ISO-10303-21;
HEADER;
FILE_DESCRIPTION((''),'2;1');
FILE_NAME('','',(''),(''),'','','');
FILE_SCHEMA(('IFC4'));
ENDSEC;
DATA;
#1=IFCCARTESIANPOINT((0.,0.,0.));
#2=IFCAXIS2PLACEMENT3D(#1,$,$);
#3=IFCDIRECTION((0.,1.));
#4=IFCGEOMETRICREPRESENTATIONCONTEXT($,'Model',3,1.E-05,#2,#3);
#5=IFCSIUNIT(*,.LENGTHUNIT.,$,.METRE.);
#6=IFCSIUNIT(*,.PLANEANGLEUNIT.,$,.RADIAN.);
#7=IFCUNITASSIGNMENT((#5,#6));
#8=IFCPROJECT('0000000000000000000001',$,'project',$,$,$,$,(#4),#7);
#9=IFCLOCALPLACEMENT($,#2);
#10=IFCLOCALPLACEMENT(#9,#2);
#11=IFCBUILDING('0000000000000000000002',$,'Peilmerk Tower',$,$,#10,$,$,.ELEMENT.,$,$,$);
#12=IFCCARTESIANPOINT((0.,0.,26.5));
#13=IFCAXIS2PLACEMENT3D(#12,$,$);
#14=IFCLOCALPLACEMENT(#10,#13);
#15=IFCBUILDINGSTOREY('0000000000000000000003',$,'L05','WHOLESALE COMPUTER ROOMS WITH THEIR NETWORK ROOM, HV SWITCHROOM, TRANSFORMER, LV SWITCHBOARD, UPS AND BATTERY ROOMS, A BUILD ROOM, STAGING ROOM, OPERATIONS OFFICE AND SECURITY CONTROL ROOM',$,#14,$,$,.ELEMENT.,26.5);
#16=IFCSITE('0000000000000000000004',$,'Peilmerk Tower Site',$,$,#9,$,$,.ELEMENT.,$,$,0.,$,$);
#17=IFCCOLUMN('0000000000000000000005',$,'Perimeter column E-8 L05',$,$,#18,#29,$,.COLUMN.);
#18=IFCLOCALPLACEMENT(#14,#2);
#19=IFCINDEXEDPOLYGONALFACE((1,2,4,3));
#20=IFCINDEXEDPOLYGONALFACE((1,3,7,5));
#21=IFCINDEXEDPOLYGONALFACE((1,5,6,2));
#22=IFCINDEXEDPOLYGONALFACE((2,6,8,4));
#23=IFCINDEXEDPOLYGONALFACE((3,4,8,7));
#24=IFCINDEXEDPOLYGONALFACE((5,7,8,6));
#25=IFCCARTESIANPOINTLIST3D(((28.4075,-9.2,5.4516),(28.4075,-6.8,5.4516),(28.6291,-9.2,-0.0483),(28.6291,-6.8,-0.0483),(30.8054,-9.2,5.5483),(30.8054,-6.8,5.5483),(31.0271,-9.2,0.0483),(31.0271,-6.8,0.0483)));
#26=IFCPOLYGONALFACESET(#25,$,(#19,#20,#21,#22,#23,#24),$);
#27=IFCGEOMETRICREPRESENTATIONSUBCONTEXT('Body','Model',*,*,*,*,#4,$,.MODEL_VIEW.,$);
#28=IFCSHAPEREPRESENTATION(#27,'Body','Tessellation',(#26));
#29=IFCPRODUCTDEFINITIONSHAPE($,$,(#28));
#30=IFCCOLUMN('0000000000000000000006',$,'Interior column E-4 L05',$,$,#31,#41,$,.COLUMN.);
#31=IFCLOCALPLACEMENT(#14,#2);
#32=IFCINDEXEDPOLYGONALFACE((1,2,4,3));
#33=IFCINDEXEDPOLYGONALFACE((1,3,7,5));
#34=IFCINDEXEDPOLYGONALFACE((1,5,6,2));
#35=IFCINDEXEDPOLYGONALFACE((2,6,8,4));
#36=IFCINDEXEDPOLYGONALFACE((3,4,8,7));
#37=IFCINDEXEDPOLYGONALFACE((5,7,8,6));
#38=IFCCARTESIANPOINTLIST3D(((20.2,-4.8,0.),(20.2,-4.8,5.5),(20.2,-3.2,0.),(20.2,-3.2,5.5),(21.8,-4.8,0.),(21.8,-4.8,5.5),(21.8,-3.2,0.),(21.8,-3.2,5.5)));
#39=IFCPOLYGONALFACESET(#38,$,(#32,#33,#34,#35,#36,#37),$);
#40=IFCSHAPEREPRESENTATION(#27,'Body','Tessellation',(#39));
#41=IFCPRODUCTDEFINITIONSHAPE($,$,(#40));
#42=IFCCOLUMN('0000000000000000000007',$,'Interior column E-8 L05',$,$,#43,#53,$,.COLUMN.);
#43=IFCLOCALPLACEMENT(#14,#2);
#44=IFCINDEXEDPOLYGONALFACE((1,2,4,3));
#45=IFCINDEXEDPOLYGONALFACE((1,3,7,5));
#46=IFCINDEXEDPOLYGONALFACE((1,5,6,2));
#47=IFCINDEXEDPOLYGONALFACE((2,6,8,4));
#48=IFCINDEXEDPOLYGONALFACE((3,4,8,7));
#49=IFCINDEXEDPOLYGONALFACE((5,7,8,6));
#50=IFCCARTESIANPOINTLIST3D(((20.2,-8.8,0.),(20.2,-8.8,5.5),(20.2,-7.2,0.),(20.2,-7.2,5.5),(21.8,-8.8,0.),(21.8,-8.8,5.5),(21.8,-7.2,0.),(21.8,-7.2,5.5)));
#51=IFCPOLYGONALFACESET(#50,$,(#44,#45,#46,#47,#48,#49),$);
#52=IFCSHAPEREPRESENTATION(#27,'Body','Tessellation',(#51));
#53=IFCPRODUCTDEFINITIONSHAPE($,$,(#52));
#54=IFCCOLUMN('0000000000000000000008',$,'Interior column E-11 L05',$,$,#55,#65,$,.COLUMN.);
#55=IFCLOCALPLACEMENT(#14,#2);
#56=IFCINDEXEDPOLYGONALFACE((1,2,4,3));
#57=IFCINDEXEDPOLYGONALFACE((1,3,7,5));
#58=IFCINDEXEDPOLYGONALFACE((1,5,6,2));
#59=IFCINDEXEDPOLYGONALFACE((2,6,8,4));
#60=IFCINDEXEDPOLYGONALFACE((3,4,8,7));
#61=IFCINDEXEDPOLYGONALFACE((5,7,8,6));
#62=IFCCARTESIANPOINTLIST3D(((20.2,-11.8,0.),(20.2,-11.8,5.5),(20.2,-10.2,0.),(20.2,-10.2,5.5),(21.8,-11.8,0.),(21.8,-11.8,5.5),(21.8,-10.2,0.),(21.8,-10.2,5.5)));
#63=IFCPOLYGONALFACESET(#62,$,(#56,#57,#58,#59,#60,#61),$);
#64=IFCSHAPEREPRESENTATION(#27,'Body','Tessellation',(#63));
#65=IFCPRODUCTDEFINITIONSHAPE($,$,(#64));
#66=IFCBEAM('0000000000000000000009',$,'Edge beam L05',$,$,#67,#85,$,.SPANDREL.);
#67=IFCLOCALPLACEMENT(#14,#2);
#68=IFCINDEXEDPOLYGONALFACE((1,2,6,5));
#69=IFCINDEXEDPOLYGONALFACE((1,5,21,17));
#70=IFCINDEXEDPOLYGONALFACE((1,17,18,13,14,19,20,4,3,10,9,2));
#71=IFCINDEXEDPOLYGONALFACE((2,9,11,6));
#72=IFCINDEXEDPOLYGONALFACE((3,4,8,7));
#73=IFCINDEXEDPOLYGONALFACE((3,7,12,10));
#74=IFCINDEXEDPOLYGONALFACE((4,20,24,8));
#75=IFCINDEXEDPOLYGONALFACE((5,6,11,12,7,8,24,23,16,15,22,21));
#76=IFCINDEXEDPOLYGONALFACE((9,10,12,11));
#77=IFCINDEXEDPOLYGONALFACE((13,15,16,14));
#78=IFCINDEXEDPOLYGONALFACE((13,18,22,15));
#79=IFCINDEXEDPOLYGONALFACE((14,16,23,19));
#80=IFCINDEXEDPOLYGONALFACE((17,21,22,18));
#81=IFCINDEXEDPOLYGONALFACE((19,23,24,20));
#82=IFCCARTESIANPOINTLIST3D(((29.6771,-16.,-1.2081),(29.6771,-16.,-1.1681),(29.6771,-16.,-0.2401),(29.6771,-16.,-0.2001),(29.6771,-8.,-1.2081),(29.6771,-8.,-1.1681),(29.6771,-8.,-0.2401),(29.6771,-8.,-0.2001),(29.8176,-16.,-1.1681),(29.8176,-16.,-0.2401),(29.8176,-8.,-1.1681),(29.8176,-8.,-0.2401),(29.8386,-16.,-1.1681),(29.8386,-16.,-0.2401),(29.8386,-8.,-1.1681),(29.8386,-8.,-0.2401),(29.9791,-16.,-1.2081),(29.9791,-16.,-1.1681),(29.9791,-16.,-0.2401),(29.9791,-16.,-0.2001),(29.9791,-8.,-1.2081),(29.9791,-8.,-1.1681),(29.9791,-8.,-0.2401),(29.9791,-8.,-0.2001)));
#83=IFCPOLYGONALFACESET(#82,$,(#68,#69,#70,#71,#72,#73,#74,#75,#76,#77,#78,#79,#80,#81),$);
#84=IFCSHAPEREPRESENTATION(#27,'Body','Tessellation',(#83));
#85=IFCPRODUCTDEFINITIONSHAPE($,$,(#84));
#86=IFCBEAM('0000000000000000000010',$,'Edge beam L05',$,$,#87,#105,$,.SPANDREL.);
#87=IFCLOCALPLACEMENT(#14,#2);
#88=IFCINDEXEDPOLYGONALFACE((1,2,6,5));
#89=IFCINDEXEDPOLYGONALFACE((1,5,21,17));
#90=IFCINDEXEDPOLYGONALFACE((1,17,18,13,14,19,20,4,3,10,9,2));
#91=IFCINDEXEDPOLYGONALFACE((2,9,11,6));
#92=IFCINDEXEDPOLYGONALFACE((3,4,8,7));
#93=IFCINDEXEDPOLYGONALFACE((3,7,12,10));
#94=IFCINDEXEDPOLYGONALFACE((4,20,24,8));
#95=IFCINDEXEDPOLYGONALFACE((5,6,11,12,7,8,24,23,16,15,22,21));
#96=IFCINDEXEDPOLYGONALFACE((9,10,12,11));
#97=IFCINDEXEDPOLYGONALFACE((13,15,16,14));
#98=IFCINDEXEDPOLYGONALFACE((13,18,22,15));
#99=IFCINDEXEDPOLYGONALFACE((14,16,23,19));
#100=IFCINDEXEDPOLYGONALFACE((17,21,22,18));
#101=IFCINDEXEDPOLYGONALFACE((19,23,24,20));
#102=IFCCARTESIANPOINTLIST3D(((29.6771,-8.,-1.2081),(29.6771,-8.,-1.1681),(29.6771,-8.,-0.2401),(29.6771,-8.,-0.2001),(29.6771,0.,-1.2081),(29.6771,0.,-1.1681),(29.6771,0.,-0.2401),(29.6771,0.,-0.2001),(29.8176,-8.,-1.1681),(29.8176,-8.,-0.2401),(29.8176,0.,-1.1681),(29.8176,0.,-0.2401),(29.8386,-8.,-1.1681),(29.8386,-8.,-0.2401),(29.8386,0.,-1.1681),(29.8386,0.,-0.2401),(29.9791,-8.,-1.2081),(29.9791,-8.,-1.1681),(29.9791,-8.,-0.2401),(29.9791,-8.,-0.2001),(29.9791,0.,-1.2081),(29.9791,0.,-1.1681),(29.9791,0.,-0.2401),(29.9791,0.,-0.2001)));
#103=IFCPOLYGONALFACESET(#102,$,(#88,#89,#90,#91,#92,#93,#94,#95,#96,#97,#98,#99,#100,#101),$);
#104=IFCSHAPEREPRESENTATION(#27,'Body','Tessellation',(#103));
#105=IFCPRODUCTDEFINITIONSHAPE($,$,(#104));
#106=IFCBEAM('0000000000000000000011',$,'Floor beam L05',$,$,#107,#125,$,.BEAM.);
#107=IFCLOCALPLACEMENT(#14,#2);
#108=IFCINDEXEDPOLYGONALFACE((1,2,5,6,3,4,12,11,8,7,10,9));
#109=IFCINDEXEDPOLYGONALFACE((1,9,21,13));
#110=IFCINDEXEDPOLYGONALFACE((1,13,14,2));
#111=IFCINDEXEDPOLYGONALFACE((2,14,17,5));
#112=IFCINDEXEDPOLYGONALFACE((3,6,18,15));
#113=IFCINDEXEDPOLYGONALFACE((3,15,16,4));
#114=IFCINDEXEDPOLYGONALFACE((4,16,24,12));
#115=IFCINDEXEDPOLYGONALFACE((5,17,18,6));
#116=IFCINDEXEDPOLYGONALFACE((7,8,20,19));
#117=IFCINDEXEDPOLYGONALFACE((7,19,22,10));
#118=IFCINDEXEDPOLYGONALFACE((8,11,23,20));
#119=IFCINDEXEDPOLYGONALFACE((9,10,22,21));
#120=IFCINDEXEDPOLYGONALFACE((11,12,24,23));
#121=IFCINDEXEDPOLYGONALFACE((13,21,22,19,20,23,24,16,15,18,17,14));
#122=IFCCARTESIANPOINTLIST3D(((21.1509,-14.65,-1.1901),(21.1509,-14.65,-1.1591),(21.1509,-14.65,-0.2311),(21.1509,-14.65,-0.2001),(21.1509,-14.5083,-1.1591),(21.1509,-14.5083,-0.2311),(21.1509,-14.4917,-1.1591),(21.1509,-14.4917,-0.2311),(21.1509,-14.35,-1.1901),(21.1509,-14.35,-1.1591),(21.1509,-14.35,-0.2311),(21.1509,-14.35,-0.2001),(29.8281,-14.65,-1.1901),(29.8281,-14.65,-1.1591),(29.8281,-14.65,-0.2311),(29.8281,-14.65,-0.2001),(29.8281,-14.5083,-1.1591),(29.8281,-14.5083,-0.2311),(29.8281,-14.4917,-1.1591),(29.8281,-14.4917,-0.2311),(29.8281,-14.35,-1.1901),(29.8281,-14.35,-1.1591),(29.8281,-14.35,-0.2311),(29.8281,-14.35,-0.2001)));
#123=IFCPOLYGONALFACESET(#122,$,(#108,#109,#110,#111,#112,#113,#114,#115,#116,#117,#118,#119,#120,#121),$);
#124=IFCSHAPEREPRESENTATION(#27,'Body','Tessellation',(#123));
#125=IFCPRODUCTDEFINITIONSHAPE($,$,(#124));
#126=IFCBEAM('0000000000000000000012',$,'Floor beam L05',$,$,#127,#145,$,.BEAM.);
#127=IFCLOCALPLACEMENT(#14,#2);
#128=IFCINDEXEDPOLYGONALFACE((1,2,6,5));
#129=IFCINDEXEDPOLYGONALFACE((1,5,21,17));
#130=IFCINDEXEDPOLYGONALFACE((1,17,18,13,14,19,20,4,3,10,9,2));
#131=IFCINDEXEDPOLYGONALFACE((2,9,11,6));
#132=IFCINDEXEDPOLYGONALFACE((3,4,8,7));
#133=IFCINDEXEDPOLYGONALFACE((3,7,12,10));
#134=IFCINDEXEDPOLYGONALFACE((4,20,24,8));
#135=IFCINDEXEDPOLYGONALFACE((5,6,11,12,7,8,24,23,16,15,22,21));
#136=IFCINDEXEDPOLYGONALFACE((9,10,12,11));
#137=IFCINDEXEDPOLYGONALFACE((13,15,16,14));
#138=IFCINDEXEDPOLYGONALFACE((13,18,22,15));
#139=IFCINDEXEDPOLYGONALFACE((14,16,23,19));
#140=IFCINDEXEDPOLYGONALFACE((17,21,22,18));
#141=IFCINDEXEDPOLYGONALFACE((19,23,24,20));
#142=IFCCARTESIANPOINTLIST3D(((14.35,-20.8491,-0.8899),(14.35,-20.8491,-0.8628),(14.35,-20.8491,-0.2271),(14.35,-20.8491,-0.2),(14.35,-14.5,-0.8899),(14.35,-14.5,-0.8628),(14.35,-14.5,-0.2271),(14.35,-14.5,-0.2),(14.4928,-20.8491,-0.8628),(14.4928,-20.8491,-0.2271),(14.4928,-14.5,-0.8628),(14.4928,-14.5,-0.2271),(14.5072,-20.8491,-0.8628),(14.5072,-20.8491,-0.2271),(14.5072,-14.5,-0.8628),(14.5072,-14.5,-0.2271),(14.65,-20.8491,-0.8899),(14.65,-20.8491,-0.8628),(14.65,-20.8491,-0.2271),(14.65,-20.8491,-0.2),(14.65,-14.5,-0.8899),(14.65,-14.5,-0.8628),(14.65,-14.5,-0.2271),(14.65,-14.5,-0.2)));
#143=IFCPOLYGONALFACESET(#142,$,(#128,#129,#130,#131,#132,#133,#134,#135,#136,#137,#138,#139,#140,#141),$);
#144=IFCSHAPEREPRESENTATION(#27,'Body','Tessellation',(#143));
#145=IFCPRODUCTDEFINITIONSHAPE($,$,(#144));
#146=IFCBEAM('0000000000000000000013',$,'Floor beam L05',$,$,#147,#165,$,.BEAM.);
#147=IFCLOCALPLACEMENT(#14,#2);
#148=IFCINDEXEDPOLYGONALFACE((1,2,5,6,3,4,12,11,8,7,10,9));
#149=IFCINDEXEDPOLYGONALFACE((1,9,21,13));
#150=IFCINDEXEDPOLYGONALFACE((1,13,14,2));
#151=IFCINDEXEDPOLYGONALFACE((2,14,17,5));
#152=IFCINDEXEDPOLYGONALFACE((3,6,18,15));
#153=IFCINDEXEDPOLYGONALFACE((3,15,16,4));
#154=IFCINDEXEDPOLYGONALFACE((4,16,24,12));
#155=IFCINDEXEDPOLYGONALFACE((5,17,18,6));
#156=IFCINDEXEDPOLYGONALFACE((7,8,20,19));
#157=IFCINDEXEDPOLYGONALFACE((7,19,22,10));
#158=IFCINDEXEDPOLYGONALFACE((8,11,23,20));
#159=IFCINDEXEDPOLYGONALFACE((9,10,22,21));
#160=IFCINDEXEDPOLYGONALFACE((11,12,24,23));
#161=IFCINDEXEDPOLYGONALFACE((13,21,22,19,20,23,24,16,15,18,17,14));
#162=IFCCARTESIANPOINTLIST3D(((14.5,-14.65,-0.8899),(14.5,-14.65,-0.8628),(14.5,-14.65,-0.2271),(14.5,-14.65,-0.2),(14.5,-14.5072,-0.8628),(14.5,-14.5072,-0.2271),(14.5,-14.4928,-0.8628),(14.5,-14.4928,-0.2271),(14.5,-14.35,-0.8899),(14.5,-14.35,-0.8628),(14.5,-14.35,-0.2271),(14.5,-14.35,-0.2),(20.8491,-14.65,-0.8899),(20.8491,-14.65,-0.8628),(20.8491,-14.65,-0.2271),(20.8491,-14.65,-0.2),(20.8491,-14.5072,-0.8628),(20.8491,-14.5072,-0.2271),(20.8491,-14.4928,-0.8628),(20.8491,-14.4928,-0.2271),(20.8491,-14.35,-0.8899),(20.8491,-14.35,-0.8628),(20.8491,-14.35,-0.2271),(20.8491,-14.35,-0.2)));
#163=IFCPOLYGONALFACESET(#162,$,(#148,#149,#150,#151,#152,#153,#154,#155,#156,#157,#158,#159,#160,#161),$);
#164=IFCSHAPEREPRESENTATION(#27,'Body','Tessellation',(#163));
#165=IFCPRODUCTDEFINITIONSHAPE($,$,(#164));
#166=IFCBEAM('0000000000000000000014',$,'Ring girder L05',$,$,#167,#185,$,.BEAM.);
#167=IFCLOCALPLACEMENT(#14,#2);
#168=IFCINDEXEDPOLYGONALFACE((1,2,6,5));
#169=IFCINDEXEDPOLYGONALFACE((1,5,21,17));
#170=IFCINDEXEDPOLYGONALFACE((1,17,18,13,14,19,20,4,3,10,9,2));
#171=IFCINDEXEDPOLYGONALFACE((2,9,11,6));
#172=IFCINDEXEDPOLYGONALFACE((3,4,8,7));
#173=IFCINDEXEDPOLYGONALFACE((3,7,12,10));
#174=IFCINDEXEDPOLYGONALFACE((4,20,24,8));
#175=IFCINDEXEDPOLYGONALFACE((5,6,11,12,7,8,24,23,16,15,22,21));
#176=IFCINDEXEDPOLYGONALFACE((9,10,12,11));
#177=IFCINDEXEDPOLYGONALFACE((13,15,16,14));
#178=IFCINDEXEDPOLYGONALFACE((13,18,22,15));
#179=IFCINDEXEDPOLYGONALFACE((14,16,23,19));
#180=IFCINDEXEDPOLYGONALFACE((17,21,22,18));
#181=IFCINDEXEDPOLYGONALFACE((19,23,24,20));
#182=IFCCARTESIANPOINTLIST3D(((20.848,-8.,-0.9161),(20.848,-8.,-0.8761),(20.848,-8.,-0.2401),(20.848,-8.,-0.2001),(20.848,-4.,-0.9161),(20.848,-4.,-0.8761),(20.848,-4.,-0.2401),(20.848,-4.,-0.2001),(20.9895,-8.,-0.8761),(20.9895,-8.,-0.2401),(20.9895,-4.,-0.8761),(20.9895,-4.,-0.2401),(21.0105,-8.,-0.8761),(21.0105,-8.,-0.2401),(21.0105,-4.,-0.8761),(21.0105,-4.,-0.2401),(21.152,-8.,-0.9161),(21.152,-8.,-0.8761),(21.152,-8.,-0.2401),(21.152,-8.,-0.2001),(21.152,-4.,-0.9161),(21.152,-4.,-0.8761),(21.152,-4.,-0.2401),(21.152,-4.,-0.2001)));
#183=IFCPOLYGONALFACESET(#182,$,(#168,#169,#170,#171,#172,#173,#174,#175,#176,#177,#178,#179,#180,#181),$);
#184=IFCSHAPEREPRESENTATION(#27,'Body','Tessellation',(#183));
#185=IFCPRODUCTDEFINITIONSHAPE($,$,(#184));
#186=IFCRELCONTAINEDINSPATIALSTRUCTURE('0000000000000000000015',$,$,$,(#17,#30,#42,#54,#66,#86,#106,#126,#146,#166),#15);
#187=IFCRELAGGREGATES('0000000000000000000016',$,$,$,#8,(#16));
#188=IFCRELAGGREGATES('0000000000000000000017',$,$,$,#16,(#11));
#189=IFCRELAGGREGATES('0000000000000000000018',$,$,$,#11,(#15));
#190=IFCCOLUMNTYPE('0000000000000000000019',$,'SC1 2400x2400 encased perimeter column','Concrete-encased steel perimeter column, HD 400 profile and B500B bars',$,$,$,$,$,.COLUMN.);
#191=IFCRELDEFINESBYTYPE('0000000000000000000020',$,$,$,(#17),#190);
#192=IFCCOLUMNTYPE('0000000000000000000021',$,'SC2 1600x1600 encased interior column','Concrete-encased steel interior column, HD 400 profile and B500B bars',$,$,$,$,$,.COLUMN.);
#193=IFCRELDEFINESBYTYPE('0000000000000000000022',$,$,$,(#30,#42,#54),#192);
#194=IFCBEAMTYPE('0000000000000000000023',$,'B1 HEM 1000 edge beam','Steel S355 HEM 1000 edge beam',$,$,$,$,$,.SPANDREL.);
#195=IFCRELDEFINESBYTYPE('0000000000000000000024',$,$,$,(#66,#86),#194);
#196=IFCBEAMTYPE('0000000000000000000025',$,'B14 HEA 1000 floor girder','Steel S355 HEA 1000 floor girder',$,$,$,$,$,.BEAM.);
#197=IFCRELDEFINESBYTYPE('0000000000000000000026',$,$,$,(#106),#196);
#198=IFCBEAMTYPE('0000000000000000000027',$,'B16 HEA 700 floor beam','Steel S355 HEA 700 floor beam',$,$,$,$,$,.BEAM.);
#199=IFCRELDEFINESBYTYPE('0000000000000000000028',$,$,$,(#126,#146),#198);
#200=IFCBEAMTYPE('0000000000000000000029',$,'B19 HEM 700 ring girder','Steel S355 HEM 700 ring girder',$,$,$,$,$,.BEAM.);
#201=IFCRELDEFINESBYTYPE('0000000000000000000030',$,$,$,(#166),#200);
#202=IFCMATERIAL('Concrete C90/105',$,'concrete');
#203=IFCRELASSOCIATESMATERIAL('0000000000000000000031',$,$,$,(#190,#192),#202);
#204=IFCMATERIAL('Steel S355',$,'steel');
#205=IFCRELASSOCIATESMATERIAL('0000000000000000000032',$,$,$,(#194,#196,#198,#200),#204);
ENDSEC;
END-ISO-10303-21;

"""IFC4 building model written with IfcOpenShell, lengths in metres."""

from ifc_helpers import new_model, si_unit, direction, frame, origin, origin_2d, place, context, subcontext, project, spatial, rectangle, i_section, extrude, material, material_profile, profile_set, type_object, element, save


model = new_model("IFC4")

# Units and contexts
model_context = context("Model", 3, precision=1e-05, world=origin(), true_north=direction((0.0, 1.0)))
body_context = subcontext(model_context, "Body", "Model", "MODEL_VIEW")
ifc_project = project(units=[si_unit("LENGTHUNIT", "METRE"), si_unit("PLANEANGLEUNIT", "RADIAN")], contexts=[model_context])

# Site, building, storey
site_placement = place(None, origin())
site = spatial("IfcSite", under=ifc_project, at=site_placement, Name="Peilmerk Tower Site", CompositionType="ELEMENT", RefElevation=0.0)
building_placement = place(site_placement, origin())
building = spatial("IfcBuilding", under=site, at=building_placement, Name="Peilmerk Tower", CompositionType="ELEMENT")
storey_placement = place(building_placement, frame((0.0, 0.0, 26.5)))
storey = spatial("IfcBuildingStorey", under=building, at=storey_placement, Name="L05", Description="WHOLESALE COMPUTER ROOMS WITH THEIR NETWORK ROOM, HV SWITCHROOM, TRANSFORMER, LV SWITCHBOARD, UPS AND BATTERY ROOMS, A BUILD ROOM, STAGING ROOM, OPERATIONS OFFICE AND SECURITY CONTROL ROOM", CompositionType="ELEMENT", Elevation=26.5)

# Columns
ifc_material_1 = material(Name="Concrete C90/105", Category="concrete")
ifc_material_profile_1 = material_profile(ifc_material_1, rectangle(XDim=2.3999, YDim=2.3999, at=origin_2d()), Name="RC 2400x2400")
ifc_profile_set_1 = profile_set([ifc_material_profile_1], Name="Concrete C90/105")
column_type_1 = type_object("IfcColumnType", Name="SC1 2400x2400 encased perimeter column", Description="Concrete-encased steel perimeter column, HD 400 profile and B500B bars", PredefinedType="COLUMN", material=ifc_profile_set_1)
column_placement = place(storey_placement, frame((29.8281, -8.0, 0.0), z_axis=(-0.040273, 0.0, 0.999189), x_axis=(0.0, -1.0, 0.0)))
element("IfcColumn", 1, at=column_placement, inside=storey, type_object=column_type_1, Name="Perimeter column E-8 L05", PredefinedType="COLUMN", context=body_context, shape_type="SweptSolid", body=[
    extrude(rectangle(XDim=2.3999, YDim=2.3999, at=origin_2d()), origin(), (0.0, 0.0, 1.0), 5.5044),
])
ifc_material_profile_2 = material_profile(ifc_material_1, rectangle(XDim=1.6001, YDim=1.6001, at=origin_2d()), Name="RC 1600x1600")
ifc_profile_set_2 = profile_set([ifc_material_profile_2], Name="Concrete C90/105")
column_type_2 = type_object("IfcColumnType", Name="SC2 1600x1600 encased interior column", Description="Concrete-encased steel interior column, HD 400 profile and B500B bars", PredefinedType="COLUMN", material=ifc_profile_set_2)
for number, where, z_axis, x_axis, name in (
    (2, (21.0, -4.0, 0.0), (0.0, 0.0, 1.0), (1.0, 0.0, 0.0), "Interior column E-4 L05"),
    (3, (21.0, -8.0, 0.0), (0.0, 0.0, 1.0), (1.0, 0.0, 0.0), "Interior column E-8 L05"),
    (4, (21.0, -11.0, 0.0), (0.0, 0.0, 1.0), (1.0, 0.0, 0.0), "Interior column E-11 L05"),
):
    element("IfcColumn", number, at=place(storey_placement, frame(where, z_axis=z_axis, x_axis=x_axis)), inside=storey, type_object=column_type_2, Name=name, PredefinedType="COLUMN", context=body_context, shape_type="SweptSolid", body=[
        extrude(rectangle(XDim=1.6001, YDim=1.6001, at=origin_2d()), origin(), (0.0, 0.0, 1.0), 5.5),
    ])

# Beams
ifc_material_2 = material(Name="Steel S355", Category="steel")
ifc_material_profile_3 = material_profile(ifc_material_2, i_section(OverallWidth=0.302, OverallDepth=1.0081, WebThickness=0.021, FlangeThickness=0.04, at=origin_2d()), Name="HEM 1000")
ifc_profile_set_3 = profile_set([ifc_material_profile_3], Name="Steel S355")
beam_type_1 = type_object("IfcBeamType", Name="B1 HEM 1000 edge beam", Description="Steel S355 HEM 1000 edge beam", PredefinedType="SPANDREL", material=ifc_profile_set_3)
for number, where, z_axis, x_axis, name in (
    (5, (29.8281, -16.0, -0.7041), (0.0, 1.0, 0.0), (-1.0, 0.0, 0.0), "Edge beam L05"),
    (6, (29.8281, -8.0, -0.7041), (0.0, 1.0, 0.0), (-1.0, 0.0, 0.0), "Edge beam L05"),
):
    element("IfcBeam", number, at=place(storey_placement, frame(where, z_axis=z_axis, x_axis=x_axis)), inside=storey, type_object=beam_type_1, Name=name, PredefinedType="SPANDREL", context=body_context, shape_type="SweptSolid", body=[
        extrude(i_section(OverallWidth=0.302, OverallDepth=1.0081, WebThickness=0.021, FlangeThickness=0.04, at=origin_2d()), origin(), (0.0, 0.0, 1.0), 8.0),
    ])
ifc_material_profile_4 = material_profile(ifc_material_2, i_section(OverallWidth=0.3, OverallDepth=0.99, WebThickness=0.0166, FlangeThickness=0.031, at=origin_2d()), Name="HEA 1000")
ifc_profile_set_4 = profile_set([ifc_material_profile_4], Name="Steel S355")
beam_type_2 = type_object("IfcBeamType", Name="B14 HEA 1000 floor girder", Description="Steel S355 HEA 1000 floor girder", PredefinedType="BEAM", material=ifc_profile_set_4)
beam_1_placement = place(storey_placement, frame((21.1509, -14.5, -0.6951), z_axis=(1.0, 0.0, 0.0), x_axis=(0.0, 1.0, 0.0)))
element("IfcBeam", 7, at=beam_1_placement, inside=storey, type_object=beam_type_2, Name="Floor beam L05", PredefinedType="BEAM", context=body_context, shape_type="SweptSolid", body=[
    extrude(i_section(OverallWidth=0.3, OverallDepth=0.99, WebThickness=0.0166, FlangeThickness=0.031, at=origin_2d()), origin(), (0.0, 0.0, 1.0), 8.6772),
])
ifc_material_profile_5 = material_profile(ifc_material_2, i_section(OverallWidth=0.3, OverallDepth=0.6899, WebThickness=0.0144, FlangeThickness=0.0271, at=origin_2d()), Name="HEA 700")
ifc_profile_set_5 = profile_set([ifc_material_profile_5], Name="Steel S355")
beam_type_3 = type_object("IfcBeamType", Name="B16 HEA 700 floor beam", Description="Steel S355 HEA 700 floor beam", PredefinedType="BEAM", material=ifc_profile_set_5)
for number, where, z_axis, x_axis, name in (
    (8, (14.5, -14.5, -0.5449), (0.0, -1.0, 0.0), (1.0, 0.0, 0.0), "Floor beam L05"),
    (9, (14.5, -14.5, -0.5449), (1.0, 0.0, 0.0), (0.0, 1.0, 0.0), "Floor beam L05"),
):
    element("IfcBeam", number, at=place(storey_placement, frame(where, z_axis=z_axis, x_axis=x_axis)), inside=storey, type_object=beam_type_3, Name=name, PredefinedType="BEAM", context=body_context, shape_type="SweptSolid", body=[
        extrude(i_section(OverallWidth=0.3, OverallDepth=0.6899, WebThickness=0.0144, FlangeThickness=0.0271, at=origin_2d()), origin(), (0.0, 0.0, 1.0), 6.3491),
    ])
ifc_material_profile_6 = material_profile(ifc_material_2, i_section(OverallWidth=0.304, OverallDepth=0.7161, WebThickness=0.021, FlangeThickness=0.04, at=origin_2d()), Name="HEM 700")
ifc_profile_set_6 = profile_set([ifc_material_profile_6], Name="Steel S355")
beam_type_4 = type_object("IfcBeamType", Name="B19 HEM 700 ring girder", Description="Steel S355 HEM 700 ring girder", PredefinedType="BEAM", material=ifc_profile_set_6)
for number, where, z_axis, x_axis, name in (
    (10, (21.0, -8.0, -0.5581), (0.0, 1.0, 0.0), (-1.0, 0.0, 0.0), "Ring girder L05"),
):
    element("IfcBeam", number, at=place(storey_placement, frame(where, z_axis=z_axis, x_axis=x_axis)), inside=storey, type_object=beam_type_4, Name=name, PredefinedType="BEAM", context=body_context, shape_type="SweptSolid", body=[
        extrude(i_section(OverallWidth=0.304, OverallDepth=0.7161, WebThickness=0.021, FlangeThickness=0.04, at=origin_2d()), origin(), (0.0, 0.0, 1.0), 4.0),
    ])

save(model, "model.ifc")
